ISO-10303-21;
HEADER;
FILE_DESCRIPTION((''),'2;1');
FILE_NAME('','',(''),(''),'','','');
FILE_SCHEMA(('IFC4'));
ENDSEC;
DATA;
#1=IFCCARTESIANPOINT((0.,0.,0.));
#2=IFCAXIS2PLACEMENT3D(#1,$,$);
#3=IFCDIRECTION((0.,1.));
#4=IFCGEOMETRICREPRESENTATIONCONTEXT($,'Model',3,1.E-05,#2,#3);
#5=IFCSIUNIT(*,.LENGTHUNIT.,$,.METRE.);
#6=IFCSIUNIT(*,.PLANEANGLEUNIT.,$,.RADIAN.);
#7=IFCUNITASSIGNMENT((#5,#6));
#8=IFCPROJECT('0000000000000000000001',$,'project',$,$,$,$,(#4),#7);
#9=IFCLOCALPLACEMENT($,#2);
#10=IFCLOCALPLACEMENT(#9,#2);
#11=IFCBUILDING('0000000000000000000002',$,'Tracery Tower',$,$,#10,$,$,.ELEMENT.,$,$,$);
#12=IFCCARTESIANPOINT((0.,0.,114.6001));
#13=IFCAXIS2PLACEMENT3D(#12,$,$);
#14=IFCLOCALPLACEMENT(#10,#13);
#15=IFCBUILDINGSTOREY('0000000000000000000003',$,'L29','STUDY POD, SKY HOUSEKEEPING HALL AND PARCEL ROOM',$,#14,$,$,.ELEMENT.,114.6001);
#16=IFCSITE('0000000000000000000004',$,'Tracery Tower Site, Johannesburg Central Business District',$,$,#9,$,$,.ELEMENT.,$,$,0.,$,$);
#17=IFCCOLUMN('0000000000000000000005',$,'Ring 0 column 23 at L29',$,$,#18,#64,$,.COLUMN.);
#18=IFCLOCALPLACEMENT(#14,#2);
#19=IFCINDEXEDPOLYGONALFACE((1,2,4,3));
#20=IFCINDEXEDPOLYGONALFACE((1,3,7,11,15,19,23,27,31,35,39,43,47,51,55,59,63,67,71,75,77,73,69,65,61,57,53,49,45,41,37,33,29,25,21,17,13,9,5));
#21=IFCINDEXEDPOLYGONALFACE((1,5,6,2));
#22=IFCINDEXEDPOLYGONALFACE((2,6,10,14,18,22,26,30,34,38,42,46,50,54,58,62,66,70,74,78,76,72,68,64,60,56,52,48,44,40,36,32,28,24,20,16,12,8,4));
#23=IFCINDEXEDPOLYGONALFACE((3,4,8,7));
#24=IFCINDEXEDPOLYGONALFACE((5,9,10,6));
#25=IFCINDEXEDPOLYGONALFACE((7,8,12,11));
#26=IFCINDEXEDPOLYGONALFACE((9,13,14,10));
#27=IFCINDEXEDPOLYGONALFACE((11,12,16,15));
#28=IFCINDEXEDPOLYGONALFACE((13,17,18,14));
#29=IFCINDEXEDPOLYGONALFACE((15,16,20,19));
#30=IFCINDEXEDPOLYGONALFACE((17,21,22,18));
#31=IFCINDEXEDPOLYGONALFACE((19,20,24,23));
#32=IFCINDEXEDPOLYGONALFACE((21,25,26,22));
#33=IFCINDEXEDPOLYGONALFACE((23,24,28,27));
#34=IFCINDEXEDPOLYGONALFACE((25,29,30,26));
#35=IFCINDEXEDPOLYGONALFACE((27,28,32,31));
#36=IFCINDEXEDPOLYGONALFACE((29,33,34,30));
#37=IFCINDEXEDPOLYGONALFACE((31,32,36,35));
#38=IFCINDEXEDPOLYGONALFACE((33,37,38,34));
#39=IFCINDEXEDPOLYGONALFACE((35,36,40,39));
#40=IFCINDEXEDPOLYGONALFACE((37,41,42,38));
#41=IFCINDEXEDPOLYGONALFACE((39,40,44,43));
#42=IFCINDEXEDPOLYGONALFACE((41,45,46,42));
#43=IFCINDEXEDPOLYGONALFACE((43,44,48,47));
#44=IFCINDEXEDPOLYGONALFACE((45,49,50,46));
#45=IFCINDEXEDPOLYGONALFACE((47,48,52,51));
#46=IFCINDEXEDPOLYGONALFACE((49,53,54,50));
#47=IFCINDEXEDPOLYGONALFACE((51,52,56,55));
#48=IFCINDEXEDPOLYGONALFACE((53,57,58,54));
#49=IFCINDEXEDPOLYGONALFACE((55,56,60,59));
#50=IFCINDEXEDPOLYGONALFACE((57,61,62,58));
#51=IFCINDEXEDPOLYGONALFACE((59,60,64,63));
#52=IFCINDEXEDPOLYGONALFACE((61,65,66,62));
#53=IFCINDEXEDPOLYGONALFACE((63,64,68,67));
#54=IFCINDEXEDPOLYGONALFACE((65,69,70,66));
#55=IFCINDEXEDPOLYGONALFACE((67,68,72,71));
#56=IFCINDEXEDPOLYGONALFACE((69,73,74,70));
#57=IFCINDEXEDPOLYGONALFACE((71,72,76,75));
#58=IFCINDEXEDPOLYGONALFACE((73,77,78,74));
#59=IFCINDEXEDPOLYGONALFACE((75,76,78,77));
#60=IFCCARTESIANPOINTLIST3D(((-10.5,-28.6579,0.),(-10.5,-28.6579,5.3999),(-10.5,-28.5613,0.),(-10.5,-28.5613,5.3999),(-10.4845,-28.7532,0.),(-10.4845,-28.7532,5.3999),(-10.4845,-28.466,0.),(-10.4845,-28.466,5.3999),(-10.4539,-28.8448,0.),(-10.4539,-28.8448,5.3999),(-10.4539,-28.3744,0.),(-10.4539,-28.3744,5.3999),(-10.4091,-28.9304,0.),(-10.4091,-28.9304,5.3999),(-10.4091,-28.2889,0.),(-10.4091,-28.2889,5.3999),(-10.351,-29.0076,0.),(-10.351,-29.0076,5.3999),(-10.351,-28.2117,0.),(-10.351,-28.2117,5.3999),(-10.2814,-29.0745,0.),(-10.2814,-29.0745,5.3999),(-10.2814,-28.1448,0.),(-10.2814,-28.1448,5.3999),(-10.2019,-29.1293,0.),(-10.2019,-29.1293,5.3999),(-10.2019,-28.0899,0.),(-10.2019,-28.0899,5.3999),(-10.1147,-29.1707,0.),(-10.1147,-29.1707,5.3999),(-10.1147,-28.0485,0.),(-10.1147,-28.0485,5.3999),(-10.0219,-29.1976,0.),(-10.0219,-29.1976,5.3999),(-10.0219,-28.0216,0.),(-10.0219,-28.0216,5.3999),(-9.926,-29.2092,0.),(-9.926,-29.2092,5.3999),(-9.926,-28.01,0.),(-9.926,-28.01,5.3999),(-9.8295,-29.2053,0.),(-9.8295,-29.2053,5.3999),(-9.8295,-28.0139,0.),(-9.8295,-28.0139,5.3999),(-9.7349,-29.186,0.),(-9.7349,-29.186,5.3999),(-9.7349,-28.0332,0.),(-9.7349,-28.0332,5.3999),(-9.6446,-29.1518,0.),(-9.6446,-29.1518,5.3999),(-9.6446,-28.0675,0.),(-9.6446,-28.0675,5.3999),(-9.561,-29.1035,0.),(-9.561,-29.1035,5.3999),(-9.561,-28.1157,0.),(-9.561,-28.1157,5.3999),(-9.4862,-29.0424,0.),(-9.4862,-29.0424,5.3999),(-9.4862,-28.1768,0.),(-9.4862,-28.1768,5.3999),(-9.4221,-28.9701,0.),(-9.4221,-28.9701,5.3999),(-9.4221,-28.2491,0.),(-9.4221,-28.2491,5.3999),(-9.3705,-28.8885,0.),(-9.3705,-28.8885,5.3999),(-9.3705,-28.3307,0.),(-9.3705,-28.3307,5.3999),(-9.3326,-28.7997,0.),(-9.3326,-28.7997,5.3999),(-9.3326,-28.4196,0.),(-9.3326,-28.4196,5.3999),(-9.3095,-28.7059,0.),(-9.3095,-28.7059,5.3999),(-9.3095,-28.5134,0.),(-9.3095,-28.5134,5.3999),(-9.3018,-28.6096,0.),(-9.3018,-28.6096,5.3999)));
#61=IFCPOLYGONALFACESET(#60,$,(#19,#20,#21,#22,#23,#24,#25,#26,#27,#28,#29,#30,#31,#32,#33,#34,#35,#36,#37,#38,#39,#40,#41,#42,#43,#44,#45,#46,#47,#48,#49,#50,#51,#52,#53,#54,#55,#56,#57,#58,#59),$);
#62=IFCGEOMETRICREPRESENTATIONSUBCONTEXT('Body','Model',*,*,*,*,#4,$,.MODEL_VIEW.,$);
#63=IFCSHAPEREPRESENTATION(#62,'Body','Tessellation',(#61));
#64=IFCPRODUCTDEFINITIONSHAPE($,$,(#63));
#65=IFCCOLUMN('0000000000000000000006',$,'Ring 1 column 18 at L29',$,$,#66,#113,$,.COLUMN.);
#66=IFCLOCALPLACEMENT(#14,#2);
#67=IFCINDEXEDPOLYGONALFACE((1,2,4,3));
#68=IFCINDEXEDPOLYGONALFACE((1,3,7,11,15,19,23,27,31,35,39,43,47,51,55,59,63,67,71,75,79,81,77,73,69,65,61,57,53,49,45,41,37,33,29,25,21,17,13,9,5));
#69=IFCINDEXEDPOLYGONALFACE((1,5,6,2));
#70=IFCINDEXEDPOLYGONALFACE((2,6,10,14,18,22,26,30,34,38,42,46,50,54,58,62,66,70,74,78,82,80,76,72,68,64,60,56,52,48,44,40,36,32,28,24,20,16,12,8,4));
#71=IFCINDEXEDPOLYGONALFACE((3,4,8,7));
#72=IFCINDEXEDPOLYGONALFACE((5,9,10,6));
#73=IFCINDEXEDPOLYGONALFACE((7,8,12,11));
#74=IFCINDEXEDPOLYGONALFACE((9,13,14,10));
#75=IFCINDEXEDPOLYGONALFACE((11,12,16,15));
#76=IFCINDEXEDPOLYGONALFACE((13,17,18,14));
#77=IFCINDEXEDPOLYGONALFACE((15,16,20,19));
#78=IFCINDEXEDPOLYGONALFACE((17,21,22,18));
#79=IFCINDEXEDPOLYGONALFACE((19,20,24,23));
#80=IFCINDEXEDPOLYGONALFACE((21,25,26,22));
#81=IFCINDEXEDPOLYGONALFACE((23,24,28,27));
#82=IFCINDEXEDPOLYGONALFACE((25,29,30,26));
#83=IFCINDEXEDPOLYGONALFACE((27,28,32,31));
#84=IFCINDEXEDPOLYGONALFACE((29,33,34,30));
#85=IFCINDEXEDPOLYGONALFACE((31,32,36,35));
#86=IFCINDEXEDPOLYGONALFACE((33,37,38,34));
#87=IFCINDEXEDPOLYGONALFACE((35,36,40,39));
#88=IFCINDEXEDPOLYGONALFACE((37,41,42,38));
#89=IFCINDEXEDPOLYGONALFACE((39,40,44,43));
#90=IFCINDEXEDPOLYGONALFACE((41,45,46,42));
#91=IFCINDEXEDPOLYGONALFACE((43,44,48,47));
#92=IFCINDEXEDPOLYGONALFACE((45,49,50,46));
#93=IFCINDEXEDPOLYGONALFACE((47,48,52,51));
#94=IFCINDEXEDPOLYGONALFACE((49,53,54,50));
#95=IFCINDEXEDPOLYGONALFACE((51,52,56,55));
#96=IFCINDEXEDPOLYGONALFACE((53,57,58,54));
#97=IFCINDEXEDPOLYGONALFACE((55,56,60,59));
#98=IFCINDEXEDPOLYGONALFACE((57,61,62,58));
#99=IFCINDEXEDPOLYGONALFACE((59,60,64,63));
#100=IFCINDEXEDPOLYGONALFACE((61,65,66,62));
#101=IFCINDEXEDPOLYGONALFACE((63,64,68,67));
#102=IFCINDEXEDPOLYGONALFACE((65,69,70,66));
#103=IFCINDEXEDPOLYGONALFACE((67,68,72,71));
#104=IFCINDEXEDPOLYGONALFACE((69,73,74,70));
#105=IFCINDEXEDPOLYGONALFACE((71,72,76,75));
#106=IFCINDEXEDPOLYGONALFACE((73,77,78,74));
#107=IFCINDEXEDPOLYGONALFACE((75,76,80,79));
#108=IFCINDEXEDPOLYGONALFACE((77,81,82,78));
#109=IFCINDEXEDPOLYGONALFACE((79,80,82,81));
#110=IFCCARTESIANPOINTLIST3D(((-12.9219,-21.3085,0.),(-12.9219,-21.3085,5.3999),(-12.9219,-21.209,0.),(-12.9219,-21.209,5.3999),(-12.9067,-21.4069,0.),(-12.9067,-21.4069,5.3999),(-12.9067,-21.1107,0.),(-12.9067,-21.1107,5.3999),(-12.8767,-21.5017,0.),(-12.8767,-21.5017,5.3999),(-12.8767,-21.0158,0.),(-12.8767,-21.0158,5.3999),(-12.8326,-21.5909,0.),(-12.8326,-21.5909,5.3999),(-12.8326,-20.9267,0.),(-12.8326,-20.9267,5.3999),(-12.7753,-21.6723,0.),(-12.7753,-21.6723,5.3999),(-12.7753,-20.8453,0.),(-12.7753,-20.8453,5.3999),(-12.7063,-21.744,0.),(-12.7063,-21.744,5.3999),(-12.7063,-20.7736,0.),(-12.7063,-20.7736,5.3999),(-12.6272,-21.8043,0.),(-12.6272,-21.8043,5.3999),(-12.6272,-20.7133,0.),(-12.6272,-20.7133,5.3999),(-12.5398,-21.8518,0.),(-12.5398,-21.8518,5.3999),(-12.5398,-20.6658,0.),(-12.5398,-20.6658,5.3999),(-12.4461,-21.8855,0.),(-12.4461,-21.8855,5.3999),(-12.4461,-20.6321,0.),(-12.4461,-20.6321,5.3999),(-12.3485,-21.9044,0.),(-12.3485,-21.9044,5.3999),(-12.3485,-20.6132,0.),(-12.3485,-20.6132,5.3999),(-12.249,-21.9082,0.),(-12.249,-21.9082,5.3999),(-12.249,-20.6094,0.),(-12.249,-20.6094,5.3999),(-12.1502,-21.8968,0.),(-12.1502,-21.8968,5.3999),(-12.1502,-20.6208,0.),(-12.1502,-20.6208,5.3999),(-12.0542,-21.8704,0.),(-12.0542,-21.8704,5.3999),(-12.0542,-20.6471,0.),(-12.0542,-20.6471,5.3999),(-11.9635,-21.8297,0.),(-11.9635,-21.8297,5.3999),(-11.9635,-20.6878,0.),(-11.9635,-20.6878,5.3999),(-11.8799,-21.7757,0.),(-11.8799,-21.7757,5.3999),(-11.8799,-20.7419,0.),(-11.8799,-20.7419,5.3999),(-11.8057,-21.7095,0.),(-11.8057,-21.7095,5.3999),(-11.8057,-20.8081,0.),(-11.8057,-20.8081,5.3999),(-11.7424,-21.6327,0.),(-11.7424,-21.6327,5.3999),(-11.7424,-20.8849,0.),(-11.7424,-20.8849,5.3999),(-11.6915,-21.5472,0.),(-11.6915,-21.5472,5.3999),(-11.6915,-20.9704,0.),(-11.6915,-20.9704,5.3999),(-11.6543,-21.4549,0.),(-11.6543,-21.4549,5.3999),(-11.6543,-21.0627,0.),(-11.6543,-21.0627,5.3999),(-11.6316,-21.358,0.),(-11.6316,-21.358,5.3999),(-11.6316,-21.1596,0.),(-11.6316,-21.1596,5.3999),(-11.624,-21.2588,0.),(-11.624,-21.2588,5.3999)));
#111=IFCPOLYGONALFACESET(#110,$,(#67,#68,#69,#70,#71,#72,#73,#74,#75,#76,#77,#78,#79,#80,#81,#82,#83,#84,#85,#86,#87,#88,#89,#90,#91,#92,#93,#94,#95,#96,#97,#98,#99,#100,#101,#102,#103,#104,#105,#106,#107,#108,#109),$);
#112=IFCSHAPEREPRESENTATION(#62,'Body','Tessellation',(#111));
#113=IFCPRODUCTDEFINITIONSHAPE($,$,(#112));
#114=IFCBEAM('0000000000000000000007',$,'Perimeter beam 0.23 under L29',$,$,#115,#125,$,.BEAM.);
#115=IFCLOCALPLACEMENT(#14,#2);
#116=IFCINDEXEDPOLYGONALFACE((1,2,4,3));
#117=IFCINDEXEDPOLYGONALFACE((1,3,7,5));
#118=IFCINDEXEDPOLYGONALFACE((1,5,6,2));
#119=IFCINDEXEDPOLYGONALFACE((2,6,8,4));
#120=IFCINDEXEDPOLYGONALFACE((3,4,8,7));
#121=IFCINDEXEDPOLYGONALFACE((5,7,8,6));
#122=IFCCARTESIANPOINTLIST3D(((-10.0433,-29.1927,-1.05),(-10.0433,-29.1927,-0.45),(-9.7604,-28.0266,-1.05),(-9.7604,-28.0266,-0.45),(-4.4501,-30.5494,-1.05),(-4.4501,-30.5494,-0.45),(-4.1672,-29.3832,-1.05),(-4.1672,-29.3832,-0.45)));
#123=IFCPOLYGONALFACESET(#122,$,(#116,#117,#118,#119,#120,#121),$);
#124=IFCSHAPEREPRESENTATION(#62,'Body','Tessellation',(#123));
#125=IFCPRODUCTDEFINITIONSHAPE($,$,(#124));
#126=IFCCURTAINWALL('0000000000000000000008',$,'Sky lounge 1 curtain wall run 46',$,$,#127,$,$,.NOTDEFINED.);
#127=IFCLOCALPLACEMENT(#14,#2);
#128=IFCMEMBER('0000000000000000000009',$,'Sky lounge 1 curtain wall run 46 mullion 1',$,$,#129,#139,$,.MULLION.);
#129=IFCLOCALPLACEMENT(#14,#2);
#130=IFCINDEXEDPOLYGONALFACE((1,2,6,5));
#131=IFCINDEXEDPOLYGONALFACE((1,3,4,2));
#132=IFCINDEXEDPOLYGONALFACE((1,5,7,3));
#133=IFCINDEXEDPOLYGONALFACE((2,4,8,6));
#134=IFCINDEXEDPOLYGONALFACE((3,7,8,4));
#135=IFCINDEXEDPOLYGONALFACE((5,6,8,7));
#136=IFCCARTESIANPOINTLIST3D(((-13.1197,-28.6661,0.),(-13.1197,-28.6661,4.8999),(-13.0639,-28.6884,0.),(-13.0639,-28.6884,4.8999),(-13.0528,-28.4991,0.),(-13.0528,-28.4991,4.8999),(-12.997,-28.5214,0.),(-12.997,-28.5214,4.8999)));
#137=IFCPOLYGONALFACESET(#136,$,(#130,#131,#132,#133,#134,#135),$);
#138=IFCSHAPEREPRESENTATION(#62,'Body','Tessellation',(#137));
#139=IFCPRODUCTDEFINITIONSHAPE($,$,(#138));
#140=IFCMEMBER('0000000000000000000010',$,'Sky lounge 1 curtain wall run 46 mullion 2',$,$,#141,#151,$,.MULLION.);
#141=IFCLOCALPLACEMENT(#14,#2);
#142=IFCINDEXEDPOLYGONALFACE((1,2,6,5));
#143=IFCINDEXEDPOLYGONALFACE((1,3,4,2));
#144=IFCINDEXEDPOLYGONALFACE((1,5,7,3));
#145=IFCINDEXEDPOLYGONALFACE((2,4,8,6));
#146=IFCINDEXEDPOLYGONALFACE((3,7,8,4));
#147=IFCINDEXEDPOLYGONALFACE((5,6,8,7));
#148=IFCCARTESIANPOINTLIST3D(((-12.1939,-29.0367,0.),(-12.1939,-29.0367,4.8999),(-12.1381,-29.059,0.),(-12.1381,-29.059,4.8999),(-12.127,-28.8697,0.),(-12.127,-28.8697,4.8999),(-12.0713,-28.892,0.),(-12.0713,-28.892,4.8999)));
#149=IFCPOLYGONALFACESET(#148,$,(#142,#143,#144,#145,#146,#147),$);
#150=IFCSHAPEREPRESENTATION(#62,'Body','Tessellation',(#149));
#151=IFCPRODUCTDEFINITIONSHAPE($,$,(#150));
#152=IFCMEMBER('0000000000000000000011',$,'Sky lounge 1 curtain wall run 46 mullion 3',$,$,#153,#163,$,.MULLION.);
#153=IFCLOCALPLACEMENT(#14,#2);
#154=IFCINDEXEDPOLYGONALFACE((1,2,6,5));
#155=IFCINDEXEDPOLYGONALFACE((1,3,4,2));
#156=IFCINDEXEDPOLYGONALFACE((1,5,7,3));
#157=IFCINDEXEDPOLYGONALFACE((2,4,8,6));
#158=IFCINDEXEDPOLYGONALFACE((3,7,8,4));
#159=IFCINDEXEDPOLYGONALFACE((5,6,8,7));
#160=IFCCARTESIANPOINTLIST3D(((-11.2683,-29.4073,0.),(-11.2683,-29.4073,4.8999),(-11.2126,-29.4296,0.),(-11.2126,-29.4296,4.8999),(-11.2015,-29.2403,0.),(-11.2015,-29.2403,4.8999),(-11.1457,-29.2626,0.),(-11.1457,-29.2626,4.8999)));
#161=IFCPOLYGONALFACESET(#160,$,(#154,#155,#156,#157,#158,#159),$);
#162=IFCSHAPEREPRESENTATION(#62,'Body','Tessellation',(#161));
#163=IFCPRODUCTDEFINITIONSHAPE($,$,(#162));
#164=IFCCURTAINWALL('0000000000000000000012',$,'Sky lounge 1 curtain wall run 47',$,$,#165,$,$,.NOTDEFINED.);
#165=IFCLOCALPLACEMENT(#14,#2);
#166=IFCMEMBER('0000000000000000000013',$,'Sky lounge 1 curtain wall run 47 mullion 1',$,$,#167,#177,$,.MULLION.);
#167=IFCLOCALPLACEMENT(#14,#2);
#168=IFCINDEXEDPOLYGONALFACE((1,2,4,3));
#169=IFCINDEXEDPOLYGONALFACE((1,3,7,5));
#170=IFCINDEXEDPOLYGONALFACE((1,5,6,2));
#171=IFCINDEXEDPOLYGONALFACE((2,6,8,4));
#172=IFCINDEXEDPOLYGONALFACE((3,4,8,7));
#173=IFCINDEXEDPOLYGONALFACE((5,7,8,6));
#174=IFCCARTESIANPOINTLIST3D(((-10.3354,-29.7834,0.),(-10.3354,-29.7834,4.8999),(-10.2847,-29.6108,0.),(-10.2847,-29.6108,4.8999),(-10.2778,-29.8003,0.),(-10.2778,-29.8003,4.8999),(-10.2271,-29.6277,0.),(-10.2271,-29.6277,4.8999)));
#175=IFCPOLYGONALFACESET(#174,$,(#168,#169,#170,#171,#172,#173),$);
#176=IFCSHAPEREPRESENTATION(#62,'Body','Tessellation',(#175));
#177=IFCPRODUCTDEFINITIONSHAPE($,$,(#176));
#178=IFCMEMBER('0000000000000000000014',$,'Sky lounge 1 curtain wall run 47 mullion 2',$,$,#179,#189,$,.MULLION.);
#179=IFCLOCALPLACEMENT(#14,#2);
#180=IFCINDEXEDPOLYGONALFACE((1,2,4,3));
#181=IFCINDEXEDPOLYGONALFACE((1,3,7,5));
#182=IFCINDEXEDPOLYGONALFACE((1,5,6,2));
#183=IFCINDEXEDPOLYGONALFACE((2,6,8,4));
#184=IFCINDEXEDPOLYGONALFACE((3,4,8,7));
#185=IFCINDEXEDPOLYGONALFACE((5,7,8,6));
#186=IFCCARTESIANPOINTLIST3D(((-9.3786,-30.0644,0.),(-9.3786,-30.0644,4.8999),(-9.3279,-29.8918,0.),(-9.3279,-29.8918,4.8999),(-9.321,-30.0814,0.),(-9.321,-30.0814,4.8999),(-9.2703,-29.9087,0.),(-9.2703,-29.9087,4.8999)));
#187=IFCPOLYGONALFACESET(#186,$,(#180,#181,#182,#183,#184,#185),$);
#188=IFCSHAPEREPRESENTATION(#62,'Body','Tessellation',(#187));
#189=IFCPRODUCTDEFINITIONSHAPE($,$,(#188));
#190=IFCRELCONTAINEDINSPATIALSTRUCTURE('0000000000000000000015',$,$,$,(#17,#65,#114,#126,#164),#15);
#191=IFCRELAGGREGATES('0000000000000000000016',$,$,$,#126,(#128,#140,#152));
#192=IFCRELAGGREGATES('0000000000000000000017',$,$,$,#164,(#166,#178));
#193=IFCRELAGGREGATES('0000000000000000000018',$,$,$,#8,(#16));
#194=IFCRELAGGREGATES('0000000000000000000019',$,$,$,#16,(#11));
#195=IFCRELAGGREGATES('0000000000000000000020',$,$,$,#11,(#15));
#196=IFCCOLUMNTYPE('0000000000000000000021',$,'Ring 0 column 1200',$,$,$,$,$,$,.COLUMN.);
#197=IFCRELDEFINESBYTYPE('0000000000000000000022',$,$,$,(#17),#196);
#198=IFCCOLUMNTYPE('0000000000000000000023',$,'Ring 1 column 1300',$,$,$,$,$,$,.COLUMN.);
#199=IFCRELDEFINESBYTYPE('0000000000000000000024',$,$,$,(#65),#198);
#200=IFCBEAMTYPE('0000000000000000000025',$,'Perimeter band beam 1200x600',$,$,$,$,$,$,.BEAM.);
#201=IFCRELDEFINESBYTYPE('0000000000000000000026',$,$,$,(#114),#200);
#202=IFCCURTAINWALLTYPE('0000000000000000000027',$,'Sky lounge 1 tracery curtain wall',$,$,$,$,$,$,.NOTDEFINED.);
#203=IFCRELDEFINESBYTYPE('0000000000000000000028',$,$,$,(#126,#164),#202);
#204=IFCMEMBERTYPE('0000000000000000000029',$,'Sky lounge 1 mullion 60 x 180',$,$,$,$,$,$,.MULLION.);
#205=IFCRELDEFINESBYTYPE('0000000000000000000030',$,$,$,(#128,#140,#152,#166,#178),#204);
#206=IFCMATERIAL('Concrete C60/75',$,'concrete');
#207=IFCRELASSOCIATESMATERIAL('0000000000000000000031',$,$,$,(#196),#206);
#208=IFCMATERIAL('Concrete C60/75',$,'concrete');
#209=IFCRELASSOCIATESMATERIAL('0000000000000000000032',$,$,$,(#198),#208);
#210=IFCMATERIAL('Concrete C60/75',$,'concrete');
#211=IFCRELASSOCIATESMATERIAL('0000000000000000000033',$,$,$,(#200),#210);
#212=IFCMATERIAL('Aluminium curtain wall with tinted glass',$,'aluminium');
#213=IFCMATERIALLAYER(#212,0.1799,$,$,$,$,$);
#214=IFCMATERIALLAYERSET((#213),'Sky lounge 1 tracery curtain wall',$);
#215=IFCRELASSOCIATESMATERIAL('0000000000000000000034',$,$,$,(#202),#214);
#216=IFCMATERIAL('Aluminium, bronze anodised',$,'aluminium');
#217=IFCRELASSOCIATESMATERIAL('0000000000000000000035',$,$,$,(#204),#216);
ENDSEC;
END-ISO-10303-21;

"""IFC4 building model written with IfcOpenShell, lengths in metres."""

from ifc_helpers import new_model, si_unit, direction, frame, origin, origin_2d, place, context, subcontext, project, spatial, rectangle, circle, extrude, material, layer, layer_set, material_profile, profile_set, type_object, element, aggregate, save


model = new_model("IFC4")

# Units and contexts
model_context = context("Model", 3, precision=1e-05, world=origin(), true_north=direction((0.0, 1.0)))
body_context = subcontext(model_context, "Body", "Model", "MODEL_VIEW")
ifc_project = project(units=[si_unit("LENGTHUNIT", "METRE"), si_unit("PLANEANGLEUNIT", "RADIAN")], contexts=[model_context])

# Site, building, storey
site_placement = place(None, origin())
site = spatial("IfcSite", under=ifc_project, at=site_placement, Name="Tracery Tower Site, Johannesburg Central Business District", CompositionType="ELEMENT", RefElevation=0.0)
building_placement = place(site_placement, origin())
building = spatial("IfcBuilding", under=site, at=building_placement, Name="Tracery Tower", CompositionType="ELEMENT")
storey_placement = place(building_placement, frame((0.0, 0.0, 114.6001)))
storey = spatial("IfcBuildingStorey", under=building, at=storey_placement, Name="L29", Description="STUDY POD, SKY HOUSEKEEPING HALL AND PARCEL ROOM", CompositionType="ELEMENT", Elevation=114.6001)

# Columns
ifc_material_1 = material(Name="Concrete C60/75", Category="concrete")
ifc_material_profile_1 = material_profile(ifc_material_1, circle(Radius=0.6001, at=origin_2d()), Name="RC D1200")
ifc_profile_set_1 = profile_set([ifc_material_profile_1], Name="Concrete C60/75")
column_type_1 = type_object("IfcColumnType", Name="Ring 0 column 1200", PredefinedType="COLUMN", material=ifc_profile_set_1)
column_1_placement = place(storey_placement, frame((-9.9019, -28.6096, 0.0), z_axis=(0.0, 0.0, 1.0), x_axis=(1.0, 0.0, 0.0)))
element("IfcColumn", 1, at=column_1_placement, inside=storey, type_object=column_type_1, Name="Ring 0 column 23 at L29", PredefinedType="COLUMN", context=body_context, shape_type="SweptSolid", body=[
    extrude(circle(Radius=0.6001, at=origin_2d()), origin(), (0.0, 0.0, 1.0), 5.3999),
])
ifc_material_2 = material(Name="Concrete C60/75", Category="concrete")
ifc_material_profile_2 = material_profile(ifc_material_2, circle(Radius=0.6499, at=origin_2d()), Name="RC D1300")
ifc_profile_set_2 = profile_set([ifc_material_profile_2], Name="Concrete C60/75")
column_type_2 = type_object("IfcColumnType", Name="Ring 1 column 1300", PredefinedType="COLUMN", material=ifc_profile_set_2)
column_2_placement = place(storey_placement, frame((-12.2739, -21.2588, 0.0), z_axis=(0.0, 0.0, 1.0), x_axis=(1.0, 0.0, 0.0)))
element("IfcColumn", 2, at=column_2_placement, inside=storey, type_object=column_type_2, Name="Ring 1 column 18 at L29", PredefinedType="COLUMN", context=body_context, shape_type="SweptSolid", body=[
    extrude(circle(Radius=0.6499, at=origin_2d()), origin(), (0.0, 0.0, 1.0), 5.3999),
])

# Beam
ifc_material_3 = material(Name="Concrete C60/75", Category="concrete")
ifc_material_profile_3 = material_profile(ifc_material_3, rectangle(XDim=1.2, YDim=0.6001, at=origin_2d()), Name="RC 1200x600")
ifc_profile_set_3 = profile_set([ifc_material_profile_3], Name="Concrete C60/75")
beam_type = type_object("IfcBeamType", Name="Perimeter band beam 1200x600", PredefinedType="BEAM", material=ifc_profile_set_3)
beam_placement = place(storey_placement, frame((-9.9019, -28.6096, -0.75), z_axis=(0.97182, -0.235723, 0.0), x_axis=(0.235723, 0.97182, 0.0)))
element("IfcBeam", 3, at=beam_placement, inside=storey, type_object=beam_type, Name="Perimeter beam 0.23 under L29", PredefinedType="BEAM", context=body_context, shape_type="SweptSolid", body=[
    extrude(rectangle(XDim=1.2, YDim=0.6001, at=origin_2d()), origin(), (0.0, 0.0, 1.0), 5.7554),
])

# Curtain walls, members
ifc_material_4 = material(Name="Aluminium curtain wall with tinted glass", Category="aluminium")
ifc_layer_1 = layer(ifc_material_4, 0.1799)
ifc_layer_set_1 = layer_set([ifc_layer_1], Name="Sky lounge 1 tracery curtain wall")
curtain_wall_type = type_object("IfcCurtainWallType", Name="Sky lounge 1 tracery curtain wall", PredefinedType="NOTDEFINED", material=ifc_layer_set_1)
curtain_wall_1_placement = place(storey_placement, origin())
curtain_wall_1 = element("IfcCurtainWall", 4, at=curtain_wall_1_placement, inside=storey, type_object=curtain_wall_type, Name="Sky lounge 1 curtain wall run 46", PredefinedType="NOTDEFINED")
ifc_material_5 = material(Name="Aluminium, bronze anodised", Category="aluminium")
ifc_material_profile_4 = material_profile(ifc_material_5, rectangle(XDim=0.1799, YDim=0.0601, at=origin_2d()), Name="AL 60x180")
ifc_profile_set_4 = profile_set([ifc_material_profile_4], Name="Aluminium, bronze anodised")
member_type_1 = type_object("IfcMemberType", Name="Sky lounge 1 mullion 60 x 180", PredefinedType="MULLION", material=ifc_profile_set_4)
member_1_placement = place(storey_placement, frame((-13.0583, -28.5938, 0.0), z_axis=(0.0, 0.0, 1.0), x_axis=(0.371662, 0.928368, 0.0)))
member_1 = element("IfcMember", 5, at=member_1_placement, type_object=member_type_1, Name="Sky lounge 1 curtain wall run 46 mullion 1", PredefinedType="MULLION", context=body_context, shape_type="SweptSolid", body=[
    extrude(rectangle(XDim=0.1799, YDim=0.0601, at=origin_2d()), origin(), (0.0, 0.0, 1.0), 4.8999),
])
member_2_placement = place(storey_placement, frame((-12.1326, -28.9644, 0.0), z_axis=(0.0, 0.0, 1.0), x_axis=(0.371662, 0.928368, 0.0)))
member_2 = element("IfcMember", 6, at=member_2_placement, type_object=member_type_1, Name="Sky lounge 1 curtain wall run 46 mullion 2", PredefinedType="MULLION", context=body_context, shape_type="SweptSolid", body=[
    extrude(rectangle(XDim=0.1799, YDim=0.0601, at=origin_2d()), origin(), (0.0, 0.0, 1.0), 4.8999),
])
member_3_placement = place(storey_placement, frame((-11.207, -29.335, 0.0), z_axis=(0.0, 0.0, 1.0), x_axis=(0.371662, 0.928368, 0.0)))
member_3 = element("IfcMember", 7, at=member_3_placement, type_object=member_type_1, Name="Sky lounge 1 curtain wall run 46 mullion 3", PredefinedType="MULLION", context=body_context, shape_type="SweptSolid", body=[
    extrude(rectangle(XDim=0.1799, YDim=0.0601, at=origin_2d()), origin(), (0.0, 0.0, 1.0), 4.8999),
])
curtain_wall_2_placement = place(storey_placement, origin())
curtain_wall_2 = element("IfcCurtainWall", 8, at=curtain_wall_2_placement, inside=storey, type_object=curtain_wall_type, Name="Sky lounge 1 curtain wall run 47", PredefinedType="NOTDEFINED")
member_4_placement = place(storey_placement, frame((-10.2812, -29.7056, 0.0), z_axis=(0.0, 0.0, 1.0), x_axis=(0.281733, 0.959493, 0.0)))
member_4 = element("IfcMember", 9, at=member_4_placement, type_object=member_type_1, Name="Sky lounge 1 curtain wall run 47 mullion 1", PredefinedType="MULLION", context=body_context, shape_type="SweptSolid", body=[
    extrude(rectangle(XDim=0.1799, YDim=0.0601, at=origin_2d()), origin(), (0.0, 0.0, 1.0), 4.8999),
])
member_5_placement = place(storey_placement, frame((-9.3245, -29.9866, 0.0), z_axis=(0.0, 0.0, 1.0), x_axis=(0.281733, 0.959493, 0.0)))
member_5 = element("IfcMember", 10, at=member_5_placement, type_object=member_type_1, Name="Sky lounge 1 curtain wall run 47 mullion 2", PredefinedType="MULLION", context=body_context, shape_type="SweptSolid", body=[
    extrude(rectangle(XDim=0.1799, YDim=0.0601, at=origin_2d()), origin(), (0.0, 0.0, 1.0), 4.8999),
])

aggregate(curtain_wall_1, [member_1, member_2, member_3])
aggregate(curtain_wall_2, [member_4, member_5])

save(model, "model.ifc")
